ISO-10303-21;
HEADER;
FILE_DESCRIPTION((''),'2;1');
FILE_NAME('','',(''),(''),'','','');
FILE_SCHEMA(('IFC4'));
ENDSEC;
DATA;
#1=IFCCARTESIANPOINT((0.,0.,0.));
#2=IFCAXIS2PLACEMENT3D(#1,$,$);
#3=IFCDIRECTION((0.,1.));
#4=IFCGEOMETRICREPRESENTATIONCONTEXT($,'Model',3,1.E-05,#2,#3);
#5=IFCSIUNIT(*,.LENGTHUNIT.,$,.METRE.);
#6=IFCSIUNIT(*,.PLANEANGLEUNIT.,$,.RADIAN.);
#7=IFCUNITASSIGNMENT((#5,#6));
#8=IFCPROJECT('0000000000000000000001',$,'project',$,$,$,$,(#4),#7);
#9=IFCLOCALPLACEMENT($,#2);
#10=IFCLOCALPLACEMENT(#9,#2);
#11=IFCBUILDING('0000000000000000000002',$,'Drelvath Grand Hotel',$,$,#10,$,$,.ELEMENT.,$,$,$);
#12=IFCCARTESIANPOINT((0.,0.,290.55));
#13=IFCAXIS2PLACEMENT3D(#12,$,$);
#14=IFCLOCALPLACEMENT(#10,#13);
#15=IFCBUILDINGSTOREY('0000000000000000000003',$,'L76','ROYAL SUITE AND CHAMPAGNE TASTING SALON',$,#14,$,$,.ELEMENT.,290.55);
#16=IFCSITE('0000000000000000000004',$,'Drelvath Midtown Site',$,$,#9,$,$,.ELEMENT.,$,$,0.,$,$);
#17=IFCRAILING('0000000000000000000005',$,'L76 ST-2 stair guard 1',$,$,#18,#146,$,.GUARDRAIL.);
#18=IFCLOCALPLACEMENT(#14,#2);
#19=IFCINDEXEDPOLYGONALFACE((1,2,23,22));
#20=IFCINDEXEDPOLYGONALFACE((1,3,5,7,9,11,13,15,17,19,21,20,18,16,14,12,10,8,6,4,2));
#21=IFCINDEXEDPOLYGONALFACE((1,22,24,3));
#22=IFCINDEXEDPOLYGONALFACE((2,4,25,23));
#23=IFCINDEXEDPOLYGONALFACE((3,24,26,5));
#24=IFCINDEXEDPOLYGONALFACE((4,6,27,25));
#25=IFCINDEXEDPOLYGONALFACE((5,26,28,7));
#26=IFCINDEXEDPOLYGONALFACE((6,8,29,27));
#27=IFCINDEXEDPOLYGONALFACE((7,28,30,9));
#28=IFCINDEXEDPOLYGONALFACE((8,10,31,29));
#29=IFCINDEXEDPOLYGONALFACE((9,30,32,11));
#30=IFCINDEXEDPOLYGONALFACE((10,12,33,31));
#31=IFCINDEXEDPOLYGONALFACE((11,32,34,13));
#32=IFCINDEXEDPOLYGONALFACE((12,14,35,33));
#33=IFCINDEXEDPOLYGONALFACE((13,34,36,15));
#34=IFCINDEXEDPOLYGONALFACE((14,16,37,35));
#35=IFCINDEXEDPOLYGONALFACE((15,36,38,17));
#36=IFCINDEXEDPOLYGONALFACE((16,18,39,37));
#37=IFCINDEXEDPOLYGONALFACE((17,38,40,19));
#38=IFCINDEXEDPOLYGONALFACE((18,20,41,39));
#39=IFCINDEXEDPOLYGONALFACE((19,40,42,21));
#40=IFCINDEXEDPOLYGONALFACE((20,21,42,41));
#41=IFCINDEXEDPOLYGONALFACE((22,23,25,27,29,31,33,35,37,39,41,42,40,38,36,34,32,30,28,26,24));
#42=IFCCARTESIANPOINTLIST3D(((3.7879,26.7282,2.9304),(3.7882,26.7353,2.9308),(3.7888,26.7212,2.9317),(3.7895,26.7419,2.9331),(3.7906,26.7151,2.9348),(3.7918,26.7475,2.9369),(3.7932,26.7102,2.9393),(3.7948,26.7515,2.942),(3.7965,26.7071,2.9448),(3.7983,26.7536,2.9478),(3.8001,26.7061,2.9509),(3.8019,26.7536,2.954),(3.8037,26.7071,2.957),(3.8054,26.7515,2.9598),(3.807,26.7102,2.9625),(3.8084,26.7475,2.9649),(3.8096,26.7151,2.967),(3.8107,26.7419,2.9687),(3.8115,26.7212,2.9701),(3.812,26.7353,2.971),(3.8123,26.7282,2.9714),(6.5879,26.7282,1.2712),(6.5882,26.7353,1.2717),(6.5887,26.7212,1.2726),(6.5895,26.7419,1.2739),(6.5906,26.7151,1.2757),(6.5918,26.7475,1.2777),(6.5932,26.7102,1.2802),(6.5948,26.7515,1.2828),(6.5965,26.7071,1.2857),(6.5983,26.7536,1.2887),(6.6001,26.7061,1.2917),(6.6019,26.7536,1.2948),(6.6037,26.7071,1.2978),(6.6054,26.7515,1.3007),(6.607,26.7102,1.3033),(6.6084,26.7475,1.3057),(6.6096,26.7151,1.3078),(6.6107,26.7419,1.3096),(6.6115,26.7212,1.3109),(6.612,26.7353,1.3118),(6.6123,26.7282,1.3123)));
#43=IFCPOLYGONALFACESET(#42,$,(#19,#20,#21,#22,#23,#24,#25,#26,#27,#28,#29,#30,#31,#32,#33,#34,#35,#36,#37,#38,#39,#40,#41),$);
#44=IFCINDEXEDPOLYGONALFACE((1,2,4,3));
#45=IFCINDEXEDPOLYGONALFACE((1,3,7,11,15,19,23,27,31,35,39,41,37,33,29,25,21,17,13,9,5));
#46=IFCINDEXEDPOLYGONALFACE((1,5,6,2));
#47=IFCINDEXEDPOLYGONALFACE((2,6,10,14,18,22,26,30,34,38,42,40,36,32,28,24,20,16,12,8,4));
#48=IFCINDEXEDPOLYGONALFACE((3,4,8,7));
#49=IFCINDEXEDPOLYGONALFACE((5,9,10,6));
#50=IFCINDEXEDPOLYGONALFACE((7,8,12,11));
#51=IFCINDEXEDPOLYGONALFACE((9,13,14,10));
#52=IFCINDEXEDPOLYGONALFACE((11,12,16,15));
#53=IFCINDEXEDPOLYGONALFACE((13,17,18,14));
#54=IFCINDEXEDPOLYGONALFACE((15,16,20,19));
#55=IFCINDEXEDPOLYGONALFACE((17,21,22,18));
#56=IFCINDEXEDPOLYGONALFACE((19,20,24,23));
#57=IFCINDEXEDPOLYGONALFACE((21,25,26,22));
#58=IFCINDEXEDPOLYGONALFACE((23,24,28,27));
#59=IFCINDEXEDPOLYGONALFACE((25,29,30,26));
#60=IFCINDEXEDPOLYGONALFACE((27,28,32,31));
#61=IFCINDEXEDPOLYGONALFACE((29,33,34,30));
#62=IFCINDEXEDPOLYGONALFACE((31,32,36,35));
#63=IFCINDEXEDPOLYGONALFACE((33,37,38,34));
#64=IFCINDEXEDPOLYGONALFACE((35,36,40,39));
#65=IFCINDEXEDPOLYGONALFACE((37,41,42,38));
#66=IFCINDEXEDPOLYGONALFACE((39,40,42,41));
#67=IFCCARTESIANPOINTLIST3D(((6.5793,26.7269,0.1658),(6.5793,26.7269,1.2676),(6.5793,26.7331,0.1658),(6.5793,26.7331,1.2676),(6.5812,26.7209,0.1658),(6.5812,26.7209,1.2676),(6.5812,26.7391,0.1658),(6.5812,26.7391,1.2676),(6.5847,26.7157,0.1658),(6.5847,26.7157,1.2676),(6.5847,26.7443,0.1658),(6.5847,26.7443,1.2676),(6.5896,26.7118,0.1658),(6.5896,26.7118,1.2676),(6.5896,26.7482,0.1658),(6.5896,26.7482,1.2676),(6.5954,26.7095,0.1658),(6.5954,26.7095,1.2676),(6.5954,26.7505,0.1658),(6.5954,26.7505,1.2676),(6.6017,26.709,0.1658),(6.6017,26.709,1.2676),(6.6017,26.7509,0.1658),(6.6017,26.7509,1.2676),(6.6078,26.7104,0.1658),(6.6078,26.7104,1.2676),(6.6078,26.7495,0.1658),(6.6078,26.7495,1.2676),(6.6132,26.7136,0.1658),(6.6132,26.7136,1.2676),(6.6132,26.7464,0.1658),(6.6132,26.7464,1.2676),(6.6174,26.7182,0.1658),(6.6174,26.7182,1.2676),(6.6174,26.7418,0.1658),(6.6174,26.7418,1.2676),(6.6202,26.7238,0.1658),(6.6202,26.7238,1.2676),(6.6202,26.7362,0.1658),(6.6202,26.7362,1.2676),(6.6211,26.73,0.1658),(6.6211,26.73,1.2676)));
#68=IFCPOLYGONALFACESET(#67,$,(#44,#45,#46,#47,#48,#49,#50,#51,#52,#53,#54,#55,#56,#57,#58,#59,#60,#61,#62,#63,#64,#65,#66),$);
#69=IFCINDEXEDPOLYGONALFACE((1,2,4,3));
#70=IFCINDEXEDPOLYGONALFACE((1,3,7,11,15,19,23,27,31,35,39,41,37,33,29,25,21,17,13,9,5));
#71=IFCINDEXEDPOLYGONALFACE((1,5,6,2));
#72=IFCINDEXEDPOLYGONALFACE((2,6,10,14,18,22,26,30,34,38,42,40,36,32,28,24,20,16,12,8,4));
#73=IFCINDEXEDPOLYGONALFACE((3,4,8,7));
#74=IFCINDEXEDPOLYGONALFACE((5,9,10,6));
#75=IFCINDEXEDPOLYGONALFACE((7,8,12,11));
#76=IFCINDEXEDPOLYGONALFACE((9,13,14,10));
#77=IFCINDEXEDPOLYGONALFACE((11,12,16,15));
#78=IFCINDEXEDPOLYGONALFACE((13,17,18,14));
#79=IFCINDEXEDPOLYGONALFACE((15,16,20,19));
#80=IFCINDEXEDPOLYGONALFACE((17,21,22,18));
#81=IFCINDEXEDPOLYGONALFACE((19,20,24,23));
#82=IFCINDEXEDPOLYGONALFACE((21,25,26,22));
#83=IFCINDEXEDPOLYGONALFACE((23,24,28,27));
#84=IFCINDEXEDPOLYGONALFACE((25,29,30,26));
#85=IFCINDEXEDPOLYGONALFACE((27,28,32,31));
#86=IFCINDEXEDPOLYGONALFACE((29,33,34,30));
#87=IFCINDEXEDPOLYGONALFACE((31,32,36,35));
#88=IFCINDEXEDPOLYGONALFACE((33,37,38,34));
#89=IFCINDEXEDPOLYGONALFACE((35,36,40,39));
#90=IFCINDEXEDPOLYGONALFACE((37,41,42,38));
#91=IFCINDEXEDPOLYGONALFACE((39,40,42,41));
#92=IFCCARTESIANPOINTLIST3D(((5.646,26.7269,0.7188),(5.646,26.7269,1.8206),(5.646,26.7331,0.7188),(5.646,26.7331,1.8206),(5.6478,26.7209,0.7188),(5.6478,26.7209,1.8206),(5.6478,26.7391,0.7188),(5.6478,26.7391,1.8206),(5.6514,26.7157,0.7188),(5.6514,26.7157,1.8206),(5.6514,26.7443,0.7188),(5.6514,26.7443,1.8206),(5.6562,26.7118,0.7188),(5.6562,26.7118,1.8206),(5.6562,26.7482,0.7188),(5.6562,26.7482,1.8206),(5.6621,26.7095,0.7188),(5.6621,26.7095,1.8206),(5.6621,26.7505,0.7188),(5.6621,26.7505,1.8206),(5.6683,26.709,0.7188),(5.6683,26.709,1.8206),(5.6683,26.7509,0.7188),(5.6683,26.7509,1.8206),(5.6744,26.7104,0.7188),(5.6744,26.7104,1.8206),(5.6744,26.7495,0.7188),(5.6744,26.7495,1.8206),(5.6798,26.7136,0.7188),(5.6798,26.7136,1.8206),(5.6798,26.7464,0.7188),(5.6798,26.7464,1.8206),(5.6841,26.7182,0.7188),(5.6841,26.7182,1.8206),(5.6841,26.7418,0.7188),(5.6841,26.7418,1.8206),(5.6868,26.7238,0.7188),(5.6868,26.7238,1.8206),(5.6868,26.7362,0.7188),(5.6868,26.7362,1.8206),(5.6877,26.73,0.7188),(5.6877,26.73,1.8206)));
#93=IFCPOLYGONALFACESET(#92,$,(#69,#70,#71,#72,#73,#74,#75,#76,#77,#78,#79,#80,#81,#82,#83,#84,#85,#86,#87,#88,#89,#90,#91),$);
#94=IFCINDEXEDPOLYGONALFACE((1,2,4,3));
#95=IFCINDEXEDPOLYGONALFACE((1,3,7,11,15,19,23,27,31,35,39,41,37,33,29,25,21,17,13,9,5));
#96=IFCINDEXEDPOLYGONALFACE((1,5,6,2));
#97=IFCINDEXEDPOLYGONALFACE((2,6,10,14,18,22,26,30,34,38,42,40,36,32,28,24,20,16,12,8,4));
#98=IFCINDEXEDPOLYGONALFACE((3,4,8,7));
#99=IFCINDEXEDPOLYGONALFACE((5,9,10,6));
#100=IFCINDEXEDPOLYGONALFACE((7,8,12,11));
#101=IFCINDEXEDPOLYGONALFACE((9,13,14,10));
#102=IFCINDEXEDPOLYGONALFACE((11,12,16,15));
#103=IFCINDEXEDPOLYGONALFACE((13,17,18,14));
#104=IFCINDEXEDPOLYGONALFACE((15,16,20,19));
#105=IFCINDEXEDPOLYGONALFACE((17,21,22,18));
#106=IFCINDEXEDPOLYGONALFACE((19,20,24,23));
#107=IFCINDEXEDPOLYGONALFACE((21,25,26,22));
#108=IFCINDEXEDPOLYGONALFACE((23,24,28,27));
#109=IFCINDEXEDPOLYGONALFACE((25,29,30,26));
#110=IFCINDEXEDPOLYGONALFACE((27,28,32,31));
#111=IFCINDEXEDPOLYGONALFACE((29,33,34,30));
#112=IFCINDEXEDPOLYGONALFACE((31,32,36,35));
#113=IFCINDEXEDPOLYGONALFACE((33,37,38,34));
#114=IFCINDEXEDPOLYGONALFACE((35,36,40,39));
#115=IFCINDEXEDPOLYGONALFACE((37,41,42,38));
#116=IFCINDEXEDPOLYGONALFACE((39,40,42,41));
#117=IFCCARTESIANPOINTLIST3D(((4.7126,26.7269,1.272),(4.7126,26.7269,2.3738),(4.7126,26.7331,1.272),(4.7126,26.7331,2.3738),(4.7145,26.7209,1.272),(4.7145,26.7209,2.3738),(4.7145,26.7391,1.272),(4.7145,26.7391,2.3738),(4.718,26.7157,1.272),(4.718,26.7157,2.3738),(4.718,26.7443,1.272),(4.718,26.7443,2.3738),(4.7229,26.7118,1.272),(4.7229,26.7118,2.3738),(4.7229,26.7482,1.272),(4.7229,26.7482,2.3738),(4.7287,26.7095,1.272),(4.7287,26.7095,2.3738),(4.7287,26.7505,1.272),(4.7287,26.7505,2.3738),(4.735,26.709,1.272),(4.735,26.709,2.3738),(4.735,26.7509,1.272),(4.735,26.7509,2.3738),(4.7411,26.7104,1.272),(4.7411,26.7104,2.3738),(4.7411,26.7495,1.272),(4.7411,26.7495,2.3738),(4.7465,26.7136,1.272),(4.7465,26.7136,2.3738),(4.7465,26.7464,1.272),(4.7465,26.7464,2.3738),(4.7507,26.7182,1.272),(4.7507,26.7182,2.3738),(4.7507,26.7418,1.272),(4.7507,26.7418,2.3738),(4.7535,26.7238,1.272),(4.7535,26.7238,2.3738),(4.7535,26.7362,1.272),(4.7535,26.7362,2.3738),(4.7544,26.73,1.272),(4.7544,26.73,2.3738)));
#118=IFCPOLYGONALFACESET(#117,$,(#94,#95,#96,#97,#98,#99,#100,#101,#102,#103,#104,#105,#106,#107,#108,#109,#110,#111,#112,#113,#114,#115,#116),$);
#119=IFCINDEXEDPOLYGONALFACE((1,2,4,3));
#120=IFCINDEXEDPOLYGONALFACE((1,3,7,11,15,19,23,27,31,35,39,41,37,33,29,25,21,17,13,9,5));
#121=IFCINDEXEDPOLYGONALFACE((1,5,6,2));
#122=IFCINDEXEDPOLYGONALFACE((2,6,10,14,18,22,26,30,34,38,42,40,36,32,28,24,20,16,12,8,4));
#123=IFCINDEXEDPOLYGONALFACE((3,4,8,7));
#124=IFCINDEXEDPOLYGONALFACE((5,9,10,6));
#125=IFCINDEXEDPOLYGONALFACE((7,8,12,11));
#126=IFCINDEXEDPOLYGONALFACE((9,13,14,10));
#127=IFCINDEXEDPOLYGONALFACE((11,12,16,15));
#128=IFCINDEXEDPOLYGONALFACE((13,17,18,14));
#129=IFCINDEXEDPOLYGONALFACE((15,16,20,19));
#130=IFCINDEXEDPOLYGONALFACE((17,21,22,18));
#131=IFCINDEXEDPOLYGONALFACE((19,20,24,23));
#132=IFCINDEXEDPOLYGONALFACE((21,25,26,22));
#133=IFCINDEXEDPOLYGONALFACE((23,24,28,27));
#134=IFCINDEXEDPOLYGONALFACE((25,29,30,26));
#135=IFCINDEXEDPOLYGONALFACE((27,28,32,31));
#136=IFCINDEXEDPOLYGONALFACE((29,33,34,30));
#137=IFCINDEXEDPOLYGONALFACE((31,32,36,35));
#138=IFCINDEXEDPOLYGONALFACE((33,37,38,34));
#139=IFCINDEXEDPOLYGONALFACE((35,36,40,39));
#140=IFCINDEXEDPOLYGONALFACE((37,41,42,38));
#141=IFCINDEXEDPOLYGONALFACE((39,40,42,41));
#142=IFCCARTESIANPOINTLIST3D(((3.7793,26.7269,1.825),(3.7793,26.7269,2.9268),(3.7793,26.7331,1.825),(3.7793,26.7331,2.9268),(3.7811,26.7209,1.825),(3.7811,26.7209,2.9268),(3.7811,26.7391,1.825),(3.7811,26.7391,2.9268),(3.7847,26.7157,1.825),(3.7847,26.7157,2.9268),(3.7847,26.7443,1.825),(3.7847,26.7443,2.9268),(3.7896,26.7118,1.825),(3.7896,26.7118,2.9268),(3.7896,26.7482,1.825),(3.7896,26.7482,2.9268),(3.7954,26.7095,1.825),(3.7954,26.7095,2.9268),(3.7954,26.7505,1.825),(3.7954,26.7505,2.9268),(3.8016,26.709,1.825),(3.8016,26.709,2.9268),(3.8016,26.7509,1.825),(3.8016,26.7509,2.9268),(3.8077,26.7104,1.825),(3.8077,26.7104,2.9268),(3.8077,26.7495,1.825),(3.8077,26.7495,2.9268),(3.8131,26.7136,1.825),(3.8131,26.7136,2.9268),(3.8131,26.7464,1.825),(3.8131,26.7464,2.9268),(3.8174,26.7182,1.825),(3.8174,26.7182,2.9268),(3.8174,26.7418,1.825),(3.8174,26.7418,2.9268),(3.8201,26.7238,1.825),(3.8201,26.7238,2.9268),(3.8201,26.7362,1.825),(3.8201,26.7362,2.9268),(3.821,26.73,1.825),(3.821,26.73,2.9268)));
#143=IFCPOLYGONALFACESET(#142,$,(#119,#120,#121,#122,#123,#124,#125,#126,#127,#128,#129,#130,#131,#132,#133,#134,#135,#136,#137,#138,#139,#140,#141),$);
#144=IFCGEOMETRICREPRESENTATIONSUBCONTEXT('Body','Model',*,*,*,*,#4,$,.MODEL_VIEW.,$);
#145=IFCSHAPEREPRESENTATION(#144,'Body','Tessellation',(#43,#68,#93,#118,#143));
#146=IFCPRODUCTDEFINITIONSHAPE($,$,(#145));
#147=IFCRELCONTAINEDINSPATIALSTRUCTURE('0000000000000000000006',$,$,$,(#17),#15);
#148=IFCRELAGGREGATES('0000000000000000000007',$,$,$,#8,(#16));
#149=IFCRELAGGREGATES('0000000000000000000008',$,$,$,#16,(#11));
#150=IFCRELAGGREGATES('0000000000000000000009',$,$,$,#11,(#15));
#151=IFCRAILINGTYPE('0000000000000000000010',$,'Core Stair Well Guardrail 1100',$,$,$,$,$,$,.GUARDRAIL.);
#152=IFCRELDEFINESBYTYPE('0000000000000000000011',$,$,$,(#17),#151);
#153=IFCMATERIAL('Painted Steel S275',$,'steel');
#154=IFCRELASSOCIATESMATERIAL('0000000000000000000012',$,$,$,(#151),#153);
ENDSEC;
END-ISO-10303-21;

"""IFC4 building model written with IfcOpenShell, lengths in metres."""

from ifc_helpers import new_model, si_unit, direction, frame, origin, origin_2d, place, context, subcontext, project, spatial, circle, extrude, material, type_object, element, save


model = new_model("IFC4")

# Units and contexts
model_context = context("Model", 3, precision=1e-05, world=origin(), true_north=direction((0.0, 1.0)))
body_context = subcontext(model_context, "Body", "Model", "MODEL_VIEW")
ifc_project = project(units=[si_unit("LENGTHUNIT", "METRE"), si_unit("PLANEANGLEUNIT", "RADIAN")], contexts=[model_context])

# Site, building, storey
site_placement = place(None, origin())
site = spatial("IfcSite", under=ifc_project, at=site_placement, Name="Drelvath Midtown Site", CompositionType="ELEMENT", RefElevation=0.0)
building_placement = place(site_placement, origin())
building = spatial("IfcBuilding", under=site, at=building_placement, Name="Drelvath Grand Hotel", CompositionType="ELEMENT")
storey_placement = place(building_placement, frame((0.0, 0.0, 290.55)))
storey = spatial("IfcBuildingStorey", under=building, at=storey_placement, Name="L76", Description="ROYAL SUITE AND CHAMPAGNE TASTING SALON", CompositionType="ELEMENT", Elevation=290.55)

# Shared definitions
ifc_material_1 = material(Name="Painted Steel S275", Category="steel")

# Railing
railing_type_1 = type_object("IfcRailingType", Name="Core Stair Well Guardrail 1100", PredefinedType="GUARDRAIL", material=ifc_material_1)
railing_1_placement = place(storey_placement, frame((6.6001, 26.73, 0.1658)))
element("IfcRailing", 1, at=railing_1_placement, inside=storey, type_object=railing_type_1, Name="L76 ST-2 stair guard 1", PredefinedType="GUARDRAIL", context=body_context, shape_type="SweptSolid", body=[
    extrude(circle(Radius=0.0239, at=origin_2d()), frame((0.0, 0.0, 1.126), z_axis=(-0.860306, 0.0, 0.509778), x_axis=(0.0, -1.0, 0.0)), (0.0, 0.0, 1.0), 3.2546),
    extrude(circle(Radius=0.021, at=origin_2d()), origin(), (0.0, 0.0, 1.0), 1.1018),
    extrude(circle(Radius=0.021, at=origin_2d()), frame((-0.9333, 0.0, 0.553)), (0.0, 0.0, 1.0), 1.1018),
    extrude(circle(Radius=0.021, at=origin_2d()), frame((-1.8667, 0.0, 1.1062)), (0.0, 0.0, 1.0), 1.1018),
    extrude(circle(Radius=0.021, at=origin_2d()), frame((-2.8, 0.0, 1.6592)), (0.0, 0.0, 1.0), 1.1018),
])

save(model, "model.ifc")
